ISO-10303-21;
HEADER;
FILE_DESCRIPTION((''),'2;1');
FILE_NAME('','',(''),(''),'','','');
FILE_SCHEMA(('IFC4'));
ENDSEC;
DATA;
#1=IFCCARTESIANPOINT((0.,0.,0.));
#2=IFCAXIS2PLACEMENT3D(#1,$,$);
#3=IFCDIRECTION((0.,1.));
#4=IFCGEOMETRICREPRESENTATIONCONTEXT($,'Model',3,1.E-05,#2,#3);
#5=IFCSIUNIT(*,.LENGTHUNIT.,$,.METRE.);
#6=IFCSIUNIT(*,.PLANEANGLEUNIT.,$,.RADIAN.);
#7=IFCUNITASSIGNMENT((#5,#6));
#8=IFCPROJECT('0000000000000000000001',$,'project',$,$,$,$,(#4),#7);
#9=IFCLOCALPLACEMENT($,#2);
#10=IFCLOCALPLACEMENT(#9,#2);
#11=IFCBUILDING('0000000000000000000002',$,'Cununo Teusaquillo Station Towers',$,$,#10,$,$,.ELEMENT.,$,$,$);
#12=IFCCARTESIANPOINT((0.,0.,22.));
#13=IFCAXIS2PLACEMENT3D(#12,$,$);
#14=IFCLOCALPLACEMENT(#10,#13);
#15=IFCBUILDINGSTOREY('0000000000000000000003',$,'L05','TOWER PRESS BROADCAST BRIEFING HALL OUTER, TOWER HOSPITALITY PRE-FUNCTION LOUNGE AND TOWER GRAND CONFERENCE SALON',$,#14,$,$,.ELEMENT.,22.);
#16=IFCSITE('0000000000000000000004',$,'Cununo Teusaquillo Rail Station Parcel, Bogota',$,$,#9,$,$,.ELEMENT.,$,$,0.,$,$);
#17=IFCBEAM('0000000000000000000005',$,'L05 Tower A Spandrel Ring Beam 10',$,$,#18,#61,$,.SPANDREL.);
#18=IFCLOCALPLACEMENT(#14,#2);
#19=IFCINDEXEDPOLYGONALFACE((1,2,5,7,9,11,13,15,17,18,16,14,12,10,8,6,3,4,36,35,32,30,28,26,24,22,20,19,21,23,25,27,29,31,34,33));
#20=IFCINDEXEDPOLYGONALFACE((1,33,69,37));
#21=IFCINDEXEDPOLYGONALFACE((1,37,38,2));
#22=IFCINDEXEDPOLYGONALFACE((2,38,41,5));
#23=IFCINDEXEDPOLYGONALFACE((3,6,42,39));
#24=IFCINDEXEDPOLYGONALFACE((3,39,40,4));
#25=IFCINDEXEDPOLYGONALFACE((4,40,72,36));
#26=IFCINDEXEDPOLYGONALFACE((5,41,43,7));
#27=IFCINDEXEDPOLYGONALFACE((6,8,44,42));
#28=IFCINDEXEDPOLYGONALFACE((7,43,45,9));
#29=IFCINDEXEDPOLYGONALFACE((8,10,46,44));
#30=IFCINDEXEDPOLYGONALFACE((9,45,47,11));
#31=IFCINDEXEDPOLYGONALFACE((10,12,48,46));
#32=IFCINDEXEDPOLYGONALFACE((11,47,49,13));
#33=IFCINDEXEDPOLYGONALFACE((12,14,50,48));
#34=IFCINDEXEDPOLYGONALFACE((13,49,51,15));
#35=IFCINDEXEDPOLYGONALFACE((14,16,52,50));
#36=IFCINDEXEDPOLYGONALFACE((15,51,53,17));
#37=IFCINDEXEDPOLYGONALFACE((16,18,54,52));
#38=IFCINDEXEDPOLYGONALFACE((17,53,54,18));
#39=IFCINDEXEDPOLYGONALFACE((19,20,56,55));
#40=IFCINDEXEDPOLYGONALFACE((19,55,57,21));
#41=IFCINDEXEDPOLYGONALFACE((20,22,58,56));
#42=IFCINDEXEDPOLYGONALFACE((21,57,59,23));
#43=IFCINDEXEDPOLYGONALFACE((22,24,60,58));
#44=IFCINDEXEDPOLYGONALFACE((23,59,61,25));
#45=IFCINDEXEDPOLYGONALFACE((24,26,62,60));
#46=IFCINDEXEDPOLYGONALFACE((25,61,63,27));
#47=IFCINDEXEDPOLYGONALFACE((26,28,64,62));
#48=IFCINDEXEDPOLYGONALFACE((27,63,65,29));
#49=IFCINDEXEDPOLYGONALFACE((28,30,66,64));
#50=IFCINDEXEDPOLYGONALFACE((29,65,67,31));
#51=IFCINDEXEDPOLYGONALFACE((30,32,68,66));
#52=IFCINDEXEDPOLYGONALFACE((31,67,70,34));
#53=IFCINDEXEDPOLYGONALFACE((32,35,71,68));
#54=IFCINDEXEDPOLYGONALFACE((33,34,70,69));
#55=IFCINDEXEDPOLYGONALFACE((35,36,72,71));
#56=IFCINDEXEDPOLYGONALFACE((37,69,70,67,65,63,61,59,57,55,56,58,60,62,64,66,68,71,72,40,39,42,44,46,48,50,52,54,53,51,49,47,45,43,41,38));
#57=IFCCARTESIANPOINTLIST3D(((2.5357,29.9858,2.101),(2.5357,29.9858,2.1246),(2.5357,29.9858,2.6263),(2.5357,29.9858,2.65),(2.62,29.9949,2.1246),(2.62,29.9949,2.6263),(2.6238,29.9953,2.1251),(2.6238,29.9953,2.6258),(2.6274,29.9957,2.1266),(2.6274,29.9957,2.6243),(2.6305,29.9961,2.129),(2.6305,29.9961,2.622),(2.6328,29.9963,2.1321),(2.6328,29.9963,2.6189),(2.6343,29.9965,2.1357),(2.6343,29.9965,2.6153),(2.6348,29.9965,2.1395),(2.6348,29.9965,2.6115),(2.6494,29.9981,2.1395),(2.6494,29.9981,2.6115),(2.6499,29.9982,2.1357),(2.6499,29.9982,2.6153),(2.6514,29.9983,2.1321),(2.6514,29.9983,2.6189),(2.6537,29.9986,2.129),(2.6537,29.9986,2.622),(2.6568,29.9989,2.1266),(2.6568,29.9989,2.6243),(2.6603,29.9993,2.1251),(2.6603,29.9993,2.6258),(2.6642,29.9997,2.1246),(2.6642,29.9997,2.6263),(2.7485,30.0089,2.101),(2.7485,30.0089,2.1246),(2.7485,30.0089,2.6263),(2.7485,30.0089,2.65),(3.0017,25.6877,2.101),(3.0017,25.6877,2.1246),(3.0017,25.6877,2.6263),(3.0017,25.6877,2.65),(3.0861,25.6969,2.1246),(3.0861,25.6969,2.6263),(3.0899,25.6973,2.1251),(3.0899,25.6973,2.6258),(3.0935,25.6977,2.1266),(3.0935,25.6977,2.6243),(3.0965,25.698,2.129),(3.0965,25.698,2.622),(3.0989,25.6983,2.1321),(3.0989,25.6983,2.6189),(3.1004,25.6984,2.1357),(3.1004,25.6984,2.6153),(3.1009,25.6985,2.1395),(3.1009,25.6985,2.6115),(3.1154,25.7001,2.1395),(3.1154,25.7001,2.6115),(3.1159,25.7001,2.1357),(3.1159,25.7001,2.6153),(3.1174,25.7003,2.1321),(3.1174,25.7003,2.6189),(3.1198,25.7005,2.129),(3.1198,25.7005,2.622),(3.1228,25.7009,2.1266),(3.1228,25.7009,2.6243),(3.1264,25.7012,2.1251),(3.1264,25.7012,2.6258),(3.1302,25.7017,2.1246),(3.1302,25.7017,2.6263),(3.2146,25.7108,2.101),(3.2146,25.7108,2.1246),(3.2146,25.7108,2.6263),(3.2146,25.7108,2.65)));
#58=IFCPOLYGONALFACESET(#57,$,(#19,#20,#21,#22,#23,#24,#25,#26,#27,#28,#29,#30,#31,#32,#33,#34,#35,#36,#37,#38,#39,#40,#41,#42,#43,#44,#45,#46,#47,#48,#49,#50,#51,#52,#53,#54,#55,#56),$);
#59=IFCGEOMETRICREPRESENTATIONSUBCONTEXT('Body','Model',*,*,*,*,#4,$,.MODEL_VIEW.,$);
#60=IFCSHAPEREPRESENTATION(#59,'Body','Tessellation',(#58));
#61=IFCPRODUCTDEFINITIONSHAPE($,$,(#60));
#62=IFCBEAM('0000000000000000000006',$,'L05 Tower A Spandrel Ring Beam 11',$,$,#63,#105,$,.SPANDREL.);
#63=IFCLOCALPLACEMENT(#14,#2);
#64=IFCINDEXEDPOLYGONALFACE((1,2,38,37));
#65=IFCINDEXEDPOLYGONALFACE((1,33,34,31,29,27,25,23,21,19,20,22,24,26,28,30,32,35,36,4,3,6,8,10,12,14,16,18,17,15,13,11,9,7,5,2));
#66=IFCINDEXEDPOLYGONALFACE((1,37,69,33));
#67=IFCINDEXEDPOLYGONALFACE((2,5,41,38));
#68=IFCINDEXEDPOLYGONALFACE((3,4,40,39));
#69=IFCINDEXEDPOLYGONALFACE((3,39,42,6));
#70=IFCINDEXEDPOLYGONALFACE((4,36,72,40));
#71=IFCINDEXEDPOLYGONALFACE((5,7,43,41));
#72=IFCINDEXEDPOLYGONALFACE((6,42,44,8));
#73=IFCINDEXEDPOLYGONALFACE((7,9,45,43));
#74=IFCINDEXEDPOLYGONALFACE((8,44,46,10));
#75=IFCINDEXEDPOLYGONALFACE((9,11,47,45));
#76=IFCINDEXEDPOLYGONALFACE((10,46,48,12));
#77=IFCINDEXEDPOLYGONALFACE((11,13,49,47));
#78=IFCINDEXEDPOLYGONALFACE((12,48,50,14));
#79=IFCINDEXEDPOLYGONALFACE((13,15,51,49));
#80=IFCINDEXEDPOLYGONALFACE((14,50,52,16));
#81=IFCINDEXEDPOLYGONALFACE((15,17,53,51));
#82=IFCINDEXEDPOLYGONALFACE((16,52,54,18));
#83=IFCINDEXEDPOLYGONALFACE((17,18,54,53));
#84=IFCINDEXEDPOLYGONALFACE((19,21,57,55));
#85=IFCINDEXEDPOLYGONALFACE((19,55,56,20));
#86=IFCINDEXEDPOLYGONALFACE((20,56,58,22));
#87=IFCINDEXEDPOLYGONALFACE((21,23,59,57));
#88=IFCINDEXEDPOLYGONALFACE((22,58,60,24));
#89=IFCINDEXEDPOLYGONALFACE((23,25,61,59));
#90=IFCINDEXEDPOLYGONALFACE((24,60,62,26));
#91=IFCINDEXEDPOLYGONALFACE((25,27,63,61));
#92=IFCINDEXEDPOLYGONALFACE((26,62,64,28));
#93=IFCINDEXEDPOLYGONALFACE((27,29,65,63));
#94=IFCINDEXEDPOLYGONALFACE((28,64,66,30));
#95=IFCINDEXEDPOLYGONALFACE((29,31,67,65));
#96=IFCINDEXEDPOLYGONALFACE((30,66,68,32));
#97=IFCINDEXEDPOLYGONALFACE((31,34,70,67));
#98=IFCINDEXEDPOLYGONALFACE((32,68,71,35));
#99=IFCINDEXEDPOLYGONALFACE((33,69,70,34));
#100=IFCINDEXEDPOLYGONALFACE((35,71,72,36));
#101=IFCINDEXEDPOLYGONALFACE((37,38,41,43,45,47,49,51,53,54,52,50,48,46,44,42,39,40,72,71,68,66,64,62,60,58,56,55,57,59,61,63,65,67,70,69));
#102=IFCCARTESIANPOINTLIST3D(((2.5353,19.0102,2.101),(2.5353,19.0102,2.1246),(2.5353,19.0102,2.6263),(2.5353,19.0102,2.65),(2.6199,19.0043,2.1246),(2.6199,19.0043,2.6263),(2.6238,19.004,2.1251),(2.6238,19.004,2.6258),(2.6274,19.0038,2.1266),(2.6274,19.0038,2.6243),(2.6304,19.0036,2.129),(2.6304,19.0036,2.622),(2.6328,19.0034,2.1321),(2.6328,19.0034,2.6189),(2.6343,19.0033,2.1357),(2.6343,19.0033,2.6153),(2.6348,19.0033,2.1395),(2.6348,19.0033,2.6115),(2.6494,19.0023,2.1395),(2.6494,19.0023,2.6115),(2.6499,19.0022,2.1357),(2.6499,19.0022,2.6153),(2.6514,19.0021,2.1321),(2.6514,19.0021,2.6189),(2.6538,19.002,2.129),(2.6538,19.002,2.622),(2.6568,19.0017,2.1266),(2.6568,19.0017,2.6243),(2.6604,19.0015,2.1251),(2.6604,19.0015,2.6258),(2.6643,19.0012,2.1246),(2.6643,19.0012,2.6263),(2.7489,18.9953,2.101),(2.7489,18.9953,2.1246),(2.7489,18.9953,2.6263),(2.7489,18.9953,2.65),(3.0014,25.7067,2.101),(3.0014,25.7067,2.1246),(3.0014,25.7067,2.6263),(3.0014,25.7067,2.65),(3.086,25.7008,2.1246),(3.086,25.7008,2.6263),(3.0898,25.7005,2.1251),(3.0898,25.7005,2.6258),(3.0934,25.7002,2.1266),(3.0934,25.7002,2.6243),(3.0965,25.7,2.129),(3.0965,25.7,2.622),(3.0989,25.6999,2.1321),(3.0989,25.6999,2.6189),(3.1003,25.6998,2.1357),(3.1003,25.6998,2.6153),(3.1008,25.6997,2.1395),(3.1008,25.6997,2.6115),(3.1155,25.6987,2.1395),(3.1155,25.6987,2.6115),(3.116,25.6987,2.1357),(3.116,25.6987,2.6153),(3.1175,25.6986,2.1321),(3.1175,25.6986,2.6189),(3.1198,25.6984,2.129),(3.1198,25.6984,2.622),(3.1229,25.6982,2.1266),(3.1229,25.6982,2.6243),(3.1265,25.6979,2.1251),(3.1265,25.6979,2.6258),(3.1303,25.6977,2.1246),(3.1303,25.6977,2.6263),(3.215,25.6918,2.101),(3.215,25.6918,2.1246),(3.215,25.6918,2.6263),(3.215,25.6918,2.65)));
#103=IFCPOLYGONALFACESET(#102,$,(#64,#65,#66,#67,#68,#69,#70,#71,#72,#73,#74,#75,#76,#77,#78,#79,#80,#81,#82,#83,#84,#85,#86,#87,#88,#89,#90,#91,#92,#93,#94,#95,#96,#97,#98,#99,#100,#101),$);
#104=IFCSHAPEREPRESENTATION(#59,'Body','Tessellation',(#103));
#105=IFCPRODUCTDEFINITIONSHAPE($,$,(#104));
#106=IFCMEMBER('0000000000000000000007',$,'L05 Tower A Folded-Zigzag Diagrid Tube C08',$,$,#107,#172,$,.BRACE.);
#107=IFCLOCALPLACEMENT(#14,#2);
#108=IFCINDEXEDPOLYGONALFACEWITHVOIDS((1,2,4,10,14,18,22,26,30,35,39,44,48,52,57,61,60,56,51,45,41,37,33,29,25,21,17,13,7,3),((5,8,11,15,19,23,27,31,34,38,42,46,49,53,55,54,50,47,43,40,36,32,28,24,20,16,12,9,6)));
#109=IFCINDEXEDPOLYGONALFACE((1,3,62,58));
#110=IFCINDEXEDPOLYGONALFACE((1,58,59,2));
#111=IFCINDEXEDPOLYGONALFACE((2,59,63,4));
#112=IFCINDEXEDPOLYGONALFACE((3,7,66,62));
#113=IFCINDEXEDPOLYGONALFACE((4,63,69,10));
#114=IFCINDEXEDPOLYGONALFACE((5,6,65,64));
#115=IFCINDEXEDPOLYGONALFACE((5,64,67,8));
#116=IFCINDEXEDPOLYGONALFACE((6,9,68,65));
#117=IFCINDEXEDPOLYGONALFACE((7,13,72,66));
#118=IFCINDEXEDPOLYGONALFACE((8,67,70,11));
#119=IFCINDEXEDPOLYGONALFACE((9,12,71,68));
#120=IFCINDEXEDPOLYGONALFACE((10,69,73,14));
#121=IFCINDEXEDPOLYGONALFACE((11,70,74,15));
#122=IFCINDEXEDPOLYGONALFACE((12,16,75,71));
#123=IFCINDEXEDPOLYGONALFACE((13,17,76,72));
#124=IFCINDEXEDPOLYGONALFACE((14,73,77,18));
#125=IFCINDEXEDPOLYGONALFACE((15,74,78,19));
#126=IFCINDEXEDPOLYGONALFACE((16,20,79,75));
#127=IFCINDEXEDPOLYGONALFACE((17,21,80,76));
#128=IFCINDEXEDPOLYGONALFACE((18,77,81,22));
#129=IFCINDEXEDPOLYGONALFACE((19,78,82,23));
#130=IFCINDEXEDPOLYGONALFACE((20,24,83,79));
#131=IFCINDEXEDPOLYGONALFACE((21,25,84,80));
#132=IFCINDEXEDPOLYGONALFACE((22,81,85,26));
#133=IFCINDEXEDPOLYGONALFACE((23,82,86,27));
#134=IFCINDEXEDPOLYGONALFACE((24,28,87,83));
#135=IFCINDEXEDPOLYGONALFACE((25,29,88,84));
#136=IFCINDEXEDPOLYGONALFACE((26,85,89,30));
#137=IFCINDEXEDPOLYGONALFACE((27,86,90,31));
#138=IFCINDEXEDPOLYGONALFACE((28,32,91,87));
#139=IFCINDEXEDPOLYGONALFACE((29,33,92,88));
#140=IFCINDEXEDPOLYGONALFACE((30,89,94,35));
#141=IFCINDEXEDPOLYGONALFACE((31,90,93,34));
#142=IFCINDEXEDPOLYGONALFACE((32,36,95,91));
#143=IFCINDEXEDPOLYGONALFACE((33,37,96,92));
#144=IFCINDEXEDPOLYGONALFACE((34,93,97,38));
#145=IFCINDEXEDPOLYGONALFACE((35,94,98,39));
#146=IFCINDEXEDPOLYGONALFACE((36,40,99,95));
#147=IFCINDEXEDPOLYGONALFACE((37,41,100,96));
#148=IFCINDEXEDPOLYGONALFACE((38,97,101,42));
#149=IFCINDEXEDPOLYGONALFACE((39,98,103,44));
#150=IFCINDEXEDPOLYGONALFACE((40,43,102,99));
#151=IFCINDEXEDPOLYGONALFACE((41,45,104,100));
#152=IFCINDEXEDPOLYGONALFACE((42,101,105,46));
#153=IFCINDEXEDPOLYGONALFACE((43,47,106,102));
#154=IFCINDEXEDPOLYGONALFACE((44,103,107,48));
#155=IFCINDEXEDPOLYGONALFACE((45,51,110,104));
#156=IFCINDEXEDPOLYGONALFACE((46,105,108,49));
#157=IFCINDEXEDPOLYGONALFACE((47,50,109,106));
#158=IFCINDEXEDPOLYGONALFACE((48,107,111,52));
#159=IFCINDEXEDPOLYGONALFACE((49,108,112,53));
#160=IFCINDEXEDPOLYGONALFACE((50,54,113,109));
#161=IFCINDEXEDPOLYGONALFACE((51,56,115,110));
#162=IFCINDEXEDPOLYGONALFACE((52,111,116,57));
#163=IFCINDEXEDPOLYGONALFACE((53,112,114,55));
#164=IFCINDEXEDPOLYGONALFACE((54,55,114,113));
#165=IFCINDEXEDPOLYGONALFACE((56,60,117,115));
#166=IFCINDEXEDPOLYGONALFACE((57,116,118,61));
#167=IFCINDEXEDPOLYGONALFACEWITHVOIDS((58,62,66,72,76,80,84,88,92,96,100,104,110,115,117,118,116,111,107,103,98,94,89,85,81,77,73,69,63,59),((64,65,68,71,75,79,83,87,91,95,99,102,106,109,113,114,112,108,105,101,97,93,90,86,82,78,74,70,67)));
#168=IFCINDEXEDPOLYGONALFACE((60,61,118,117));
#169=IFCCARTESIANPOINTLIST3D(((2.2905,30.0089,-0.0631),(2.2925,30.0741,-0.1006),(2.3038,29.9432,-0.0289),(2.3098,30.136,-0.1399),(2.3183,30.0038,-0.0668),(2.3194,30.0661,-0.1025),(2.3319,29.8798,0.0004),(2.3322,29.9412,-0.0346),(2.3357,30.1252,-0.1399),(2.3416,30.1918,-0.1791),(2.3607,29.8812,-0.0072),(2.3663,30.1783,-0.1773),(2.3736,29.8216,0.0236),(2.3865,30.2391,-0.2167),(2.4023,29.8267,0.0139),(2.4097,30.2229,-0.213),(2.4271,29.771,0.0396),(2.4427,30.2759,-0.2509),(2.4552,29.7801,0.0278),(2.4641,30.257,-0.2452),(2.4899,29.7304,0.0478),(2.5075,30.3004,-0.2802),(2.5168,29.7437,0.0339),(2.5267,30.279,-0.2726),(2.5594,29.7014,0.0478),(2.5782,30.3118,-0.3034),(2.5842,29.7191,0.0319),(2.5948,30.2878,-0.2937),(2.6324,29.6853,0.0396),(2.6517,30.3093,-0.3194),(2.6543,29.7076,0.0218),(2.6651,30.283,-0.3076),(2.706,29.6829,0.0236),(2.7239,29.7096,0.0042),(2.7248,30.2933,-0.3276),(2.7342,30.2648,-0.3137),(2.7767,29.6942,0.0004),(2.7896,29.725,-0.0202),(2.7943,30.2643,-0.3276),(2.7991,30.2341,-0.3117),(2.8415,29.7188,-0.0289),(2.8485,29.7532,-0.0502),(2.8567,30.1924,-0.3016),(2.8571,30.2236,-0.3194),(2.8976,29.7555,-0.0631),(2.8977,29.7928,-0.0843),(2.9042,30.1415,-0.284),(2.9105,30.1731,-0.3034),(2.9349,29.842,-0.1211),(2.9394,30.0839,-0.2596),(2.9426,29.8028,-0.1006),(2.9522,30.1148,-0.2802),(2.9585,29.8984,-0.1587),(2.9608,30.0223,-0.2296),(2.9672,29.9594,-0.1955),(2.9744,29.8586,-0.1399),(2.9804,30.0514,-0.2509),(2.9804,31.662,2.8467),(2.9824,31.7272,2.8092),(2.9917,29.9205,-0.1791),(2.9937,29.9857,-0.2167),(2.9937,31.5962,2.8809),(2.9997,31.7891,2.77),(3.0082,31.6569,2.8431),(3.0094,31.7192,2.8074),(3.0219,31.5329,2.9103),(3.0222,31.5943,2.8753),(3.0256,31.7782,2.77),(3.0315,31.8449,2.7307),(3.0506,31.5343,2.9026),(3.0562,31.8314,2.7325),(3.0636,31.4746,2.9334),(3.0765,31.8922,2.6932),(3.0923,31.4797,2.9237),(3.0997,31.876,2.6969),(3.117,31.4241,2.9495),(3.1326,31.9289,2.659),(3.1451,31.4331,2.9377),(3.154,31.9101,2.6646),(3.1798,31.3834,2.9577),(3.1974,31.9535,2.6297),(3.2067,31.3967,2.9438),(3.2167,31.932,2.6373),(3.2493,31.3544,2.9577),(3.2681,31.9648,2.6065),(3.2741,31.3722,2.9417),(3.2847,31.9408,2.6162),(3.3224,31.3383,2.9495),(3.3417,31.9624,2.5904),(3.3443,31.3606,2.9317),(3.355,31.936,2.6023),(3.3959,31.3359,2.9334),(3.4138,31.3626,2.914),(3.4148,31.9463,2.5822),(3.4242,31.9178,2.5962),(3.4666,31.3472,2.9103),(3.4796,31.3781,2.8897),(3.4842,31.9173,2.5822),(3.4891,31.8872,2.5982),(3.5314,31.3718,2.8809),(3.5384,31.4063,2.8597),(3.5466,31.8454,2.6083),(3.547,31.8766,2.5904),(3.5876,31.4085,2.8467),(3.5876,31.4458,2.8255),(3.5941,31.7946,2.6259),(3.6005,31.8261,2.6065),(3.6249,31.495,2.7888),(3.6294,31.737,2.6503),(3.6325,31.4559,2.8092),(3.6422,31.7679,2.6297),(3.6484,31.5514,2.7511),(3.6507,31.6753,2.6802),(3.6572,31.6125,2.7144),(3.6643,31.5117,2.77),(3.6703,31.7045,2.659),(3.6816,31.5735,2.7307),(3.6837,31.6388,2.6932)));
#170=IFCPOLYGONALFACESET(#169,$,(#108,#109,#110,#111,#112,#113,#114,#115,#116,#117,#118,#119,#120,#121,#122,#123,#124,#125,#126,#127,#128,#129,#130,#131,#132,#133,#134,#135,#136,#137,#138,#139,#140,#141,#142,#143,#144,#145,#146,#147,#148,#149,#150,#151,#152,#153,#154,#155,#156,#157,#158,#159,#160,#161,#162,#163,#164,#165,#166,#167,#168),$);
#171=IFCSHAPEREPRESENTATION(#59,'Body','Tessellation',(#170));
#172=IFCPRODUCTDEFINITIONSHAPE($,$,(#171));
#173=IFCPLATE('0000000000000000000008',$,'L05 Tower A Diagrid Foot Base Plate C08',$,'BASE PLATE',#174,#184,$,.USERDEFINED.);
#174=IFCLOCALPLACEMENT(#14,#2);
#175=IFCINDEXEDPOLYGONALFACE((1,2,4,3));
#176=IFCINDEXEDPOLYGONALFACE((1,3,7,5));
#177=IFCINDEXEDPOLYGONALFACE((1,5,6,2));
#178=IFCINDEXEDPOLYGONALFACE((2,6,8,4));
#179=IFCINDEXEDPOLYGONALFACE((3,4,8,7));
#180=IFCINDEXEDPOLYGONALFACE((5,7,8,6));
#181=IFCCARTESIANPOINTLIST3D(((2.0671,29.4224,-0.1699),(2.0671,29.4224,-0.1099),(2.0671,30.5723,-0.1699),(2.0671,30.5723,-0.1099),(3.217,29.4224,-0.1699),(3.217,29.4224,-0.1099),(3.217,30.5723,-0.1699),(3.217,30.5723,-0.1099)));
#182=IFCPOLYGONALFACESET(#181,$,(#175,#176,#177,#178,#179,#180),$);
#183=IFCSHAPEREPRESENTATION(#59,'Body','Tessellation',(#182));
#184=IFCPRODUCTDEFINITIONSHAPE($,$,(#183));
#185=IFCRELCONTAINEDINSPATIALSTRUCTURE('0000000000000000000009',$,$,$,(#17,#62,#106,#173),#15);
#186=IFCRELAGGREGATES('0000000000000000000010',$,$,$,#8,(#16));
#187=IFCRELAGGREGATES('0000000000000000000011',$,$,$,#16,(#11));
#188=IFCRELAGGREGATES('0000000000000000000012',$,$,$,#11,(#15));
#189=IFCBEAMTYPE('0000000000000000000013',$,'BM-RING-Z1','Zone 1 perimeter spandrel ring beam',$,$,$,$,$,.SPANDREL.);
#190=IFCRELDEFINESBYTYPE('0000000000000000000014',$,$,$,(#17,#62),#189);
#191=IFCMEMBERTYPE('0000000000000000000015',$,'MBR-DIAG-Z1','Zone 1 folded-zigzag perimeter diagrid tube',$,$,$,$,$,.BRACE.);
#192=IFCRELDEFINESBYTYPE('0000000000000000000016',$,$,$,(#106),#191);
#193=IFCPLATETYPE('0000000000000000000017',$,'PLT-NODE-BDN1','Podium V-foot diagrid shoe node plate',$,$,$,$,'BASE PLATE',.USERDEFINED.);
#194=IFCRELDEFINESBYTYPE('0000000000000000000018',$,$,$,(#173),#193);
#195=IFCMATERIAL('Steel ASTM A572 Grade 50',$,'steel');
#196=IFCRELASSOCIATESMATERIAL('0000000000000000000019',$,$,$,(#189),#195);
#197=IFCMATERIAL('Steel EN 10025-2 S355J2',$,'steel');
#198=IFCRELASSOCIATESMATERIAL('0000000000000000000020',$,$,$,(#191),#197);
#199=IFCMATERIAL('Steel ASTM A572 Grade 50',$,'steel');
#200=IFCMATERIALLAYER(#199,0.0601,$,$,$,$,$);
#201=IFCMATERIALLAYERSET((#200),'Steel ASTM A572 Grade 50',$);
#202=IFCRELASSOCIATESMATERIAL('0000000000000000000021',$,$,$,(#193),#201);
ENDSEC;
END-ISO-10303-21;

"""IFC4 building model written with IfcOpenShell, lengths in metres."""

from ifc_helpers import new_model, si_unit, direction, frame, origin, origin_2d, place, context, subcontext, project, spatial, rectangle, hollow_circle, i_section, extrude, source, transform, mapped, material, layer, layer_set, material_profile, profile_set, type_object, element, save


model = new_model("IFC4")

# Units and contexts
model_context = context("Model", 3, precision=1e-05, world=origin(), true_north=direction((0.0, 1.0)))
body_context = subcontext(model_context, "Body", "Model", "MODEL_VIEW")
ifc_project = project(units=[si_unit("LENGTHUNIT", "METRE"), si_unit("PLANEANGLEUNIT", "RADIAN")], contexts=[model_context])

# Site, building, storey
site_placement = place(None, origin())
site = spatial("IfcSite", under=ifc_project, at=site_placement, Name="Cununo Teusaquillo Rail Station Parcel, Bogota", CompositionType="ELEMENT", RefElevation=0.0)
building_placement = place(site_placement, origin())
building = spatial("IfcBuilding", under=site, at=building_placement, Name="Cununo Teusaquillo Station Towers", CompositionType="ELEMENT")
storey_placement = place(building_placement, frame((0.0, 0.0, 22.0)))
storey = spatial("IfcBuildingStorey", under=building, at=storey_placement, Name="L05", Description="TOWER PRESS BROADCAST BRIEFING HALL OUTER, TOWER HOSPITALITY PRE-FUNCTION LOUNGE AND TOWER GRAND CONFERENCE SALON", CompositionType="ELEMENT", Elevation=22.0)

# Beams
ifc_material_1 = material(Name="Steel ASTM A572 Grade 50", Category="steel")
ifc_material_profile_1 = material_profile(ifc_material_1, i_section(OverallWidth=0.2141, OverallDepth=0.5491, WebThickness=0.0146, FlangeThickness=0.0237, FilletRadius=0.0149, at=origin_2d()), Name="W21X93")
ifc_profile_set_1 = profile_set([ifc_material_profile_1], Name="Steel ASTM A572 Grade 50")
beam_type_1 = type_object("IfcBeamType", Name="BM-RING-Z1", Description="Zone 1 perimeter spandrel ring beam", PredefinedType="SPANDREL", material=ifc_profile_set_1)
beam_1_placement = place(storey_placement, frame((2.6421, 29.9973, 2.3755), z_axis=(0.107803, -0.994172, 0.0), x_axis=(0.994172, 0.107803, 0.0)))
element("IfcBeam", 1, at=beam_1_placement, inside=storey, type_object=beam_type_1, Name="L05 Tower A Spandrel Ring Beam 10", PredefinedType="SPANDREL", context=body_context, shape_type="SweptSolid", body=[
    extrude(i_section(OverallWidth=0.2141, OverallDepth=0.5491, WebThickness=0.0146, FlangeThickness=0.0237, FilletRadius=0.0149, at=origin_2d()), origin(), (0.0, 0.0, 1.0), 4.3232),
])
beam_2_placement = place(storey_placement, frame((3.1082, 25.6992, 2.3755), z_axis=(-0.06943, -0.997587, 0.0), x_axis=(0.997587, -0.06943, 0.0)))
element("IfcBeam", 2, at=beam_2_placement, inside=storey, type_object=beam_type_1, Name="L05 Tower A Spandrel Ring Beam 11", PredefinedType="SPANDREL", context=body_context, shape_type="SweptSolid", body=[
    extrude(i_section(OverallWidth=0.2141, OverallDepth=0.5491, WebThickness=0.0146, FlangeThickness=0.0237, FilletRadius=0.0149, at=origin_2d()), origin(), (0.0, 0.0, 1.0), 6.7126),
])

# Member
ifc_material_2 = material(Name="Steel EN 10025-2 S355J2", Category="steel")
ifc_material_profile_2 = material_profile(ifc_material_2, hollow_circle(Radius=0.3601, WallThickness=0.0281, at=origin_2d()), Name="CHS 720x28")
ifc_profile_set_2 = profile_set([ifc_material_profile_2], Name="Steel EN 10025-2 S355J2")
member_type = type_object("IfcMemberType", Name="MBR-DIAG-Z1", Description="Zone 1 folded-zigzag perimeter diagrid tube", PredefinedType="BRACE", material=ifc_profile_set_2)
member_placement = place(storey_placement, frame((2.6421, 29.9973, -0.1399), z_axis=(0.201911, 0.483772, 0.851585), x_axis=(-0.922847, 0.385167, 0.0)))
element("IfcMember", 3, at=member_placement, inside=storey, type_object=member_type, Name="L05 Tower A Folded-Zigzag Diagrid Tube C08", PredefinedType="BRACE", context=body_context, shape_type="SweptSolid", body=[
    extrude(hollow_circle(Radius=0.3601, WallThickness=0.0281, at=origin_2d()), origin(), (0.0, 0.0, 1.0), 3.417),
])

# Plate
ifc_material_3 = material(Name="Steel ASTM A572 Grade 50", Category="steel")
ifc_layer_1 = layer(ifc_material_3, 0.0601)
ifc_layer_set_1 = layer_set([ifc_layer_1], Name="Steel ASTM A572 Grade 50")
plate_type = type_object("IfcPlateType", Name="PLT-NODE-BDN1", Description="Podium V-foot diagrid shoe node plate", ElementType="BASE PLATE", PredefinedType="USERDEFINED", material=ifc_layer_set_1)
shared_shape_1 = source(origin(), body_context, "Body", "SweptSolid", [
    extrude(rectangle(XDim=1.1499, YDim=1.1499, at=origin_2d()), origin(), (0.0, 0.0, 1.0), 0.0601),
])
plate_placement = place(storey_placement, frame((2.6421, 29.9973, -0.1699), z_axis=(0.0, 0.0, 1.0), x_axis=(1.0, 0.0, 0.0)))
element("IfcPlate", 4, at=plate_placement, inside=storey, type_object=plate_type, Name="L05 Tower A Diagrid Foot Base Plate C08", ObjectType="BASE PLATE", PredefinedType="USERDEFINED", context=body_context, shape_type="MappedRepresentation", body=[
    mapped(shared_shape_1, transform((0.0, 0.0, 0.0), x_axis=(1.0, 0.0, 0.0), y_axis=(0.0, 1.0, 0.0), z_axis=(0.0, 0.0, 1.0), scale=1.0)),
])

save(model, "model.ifc")
